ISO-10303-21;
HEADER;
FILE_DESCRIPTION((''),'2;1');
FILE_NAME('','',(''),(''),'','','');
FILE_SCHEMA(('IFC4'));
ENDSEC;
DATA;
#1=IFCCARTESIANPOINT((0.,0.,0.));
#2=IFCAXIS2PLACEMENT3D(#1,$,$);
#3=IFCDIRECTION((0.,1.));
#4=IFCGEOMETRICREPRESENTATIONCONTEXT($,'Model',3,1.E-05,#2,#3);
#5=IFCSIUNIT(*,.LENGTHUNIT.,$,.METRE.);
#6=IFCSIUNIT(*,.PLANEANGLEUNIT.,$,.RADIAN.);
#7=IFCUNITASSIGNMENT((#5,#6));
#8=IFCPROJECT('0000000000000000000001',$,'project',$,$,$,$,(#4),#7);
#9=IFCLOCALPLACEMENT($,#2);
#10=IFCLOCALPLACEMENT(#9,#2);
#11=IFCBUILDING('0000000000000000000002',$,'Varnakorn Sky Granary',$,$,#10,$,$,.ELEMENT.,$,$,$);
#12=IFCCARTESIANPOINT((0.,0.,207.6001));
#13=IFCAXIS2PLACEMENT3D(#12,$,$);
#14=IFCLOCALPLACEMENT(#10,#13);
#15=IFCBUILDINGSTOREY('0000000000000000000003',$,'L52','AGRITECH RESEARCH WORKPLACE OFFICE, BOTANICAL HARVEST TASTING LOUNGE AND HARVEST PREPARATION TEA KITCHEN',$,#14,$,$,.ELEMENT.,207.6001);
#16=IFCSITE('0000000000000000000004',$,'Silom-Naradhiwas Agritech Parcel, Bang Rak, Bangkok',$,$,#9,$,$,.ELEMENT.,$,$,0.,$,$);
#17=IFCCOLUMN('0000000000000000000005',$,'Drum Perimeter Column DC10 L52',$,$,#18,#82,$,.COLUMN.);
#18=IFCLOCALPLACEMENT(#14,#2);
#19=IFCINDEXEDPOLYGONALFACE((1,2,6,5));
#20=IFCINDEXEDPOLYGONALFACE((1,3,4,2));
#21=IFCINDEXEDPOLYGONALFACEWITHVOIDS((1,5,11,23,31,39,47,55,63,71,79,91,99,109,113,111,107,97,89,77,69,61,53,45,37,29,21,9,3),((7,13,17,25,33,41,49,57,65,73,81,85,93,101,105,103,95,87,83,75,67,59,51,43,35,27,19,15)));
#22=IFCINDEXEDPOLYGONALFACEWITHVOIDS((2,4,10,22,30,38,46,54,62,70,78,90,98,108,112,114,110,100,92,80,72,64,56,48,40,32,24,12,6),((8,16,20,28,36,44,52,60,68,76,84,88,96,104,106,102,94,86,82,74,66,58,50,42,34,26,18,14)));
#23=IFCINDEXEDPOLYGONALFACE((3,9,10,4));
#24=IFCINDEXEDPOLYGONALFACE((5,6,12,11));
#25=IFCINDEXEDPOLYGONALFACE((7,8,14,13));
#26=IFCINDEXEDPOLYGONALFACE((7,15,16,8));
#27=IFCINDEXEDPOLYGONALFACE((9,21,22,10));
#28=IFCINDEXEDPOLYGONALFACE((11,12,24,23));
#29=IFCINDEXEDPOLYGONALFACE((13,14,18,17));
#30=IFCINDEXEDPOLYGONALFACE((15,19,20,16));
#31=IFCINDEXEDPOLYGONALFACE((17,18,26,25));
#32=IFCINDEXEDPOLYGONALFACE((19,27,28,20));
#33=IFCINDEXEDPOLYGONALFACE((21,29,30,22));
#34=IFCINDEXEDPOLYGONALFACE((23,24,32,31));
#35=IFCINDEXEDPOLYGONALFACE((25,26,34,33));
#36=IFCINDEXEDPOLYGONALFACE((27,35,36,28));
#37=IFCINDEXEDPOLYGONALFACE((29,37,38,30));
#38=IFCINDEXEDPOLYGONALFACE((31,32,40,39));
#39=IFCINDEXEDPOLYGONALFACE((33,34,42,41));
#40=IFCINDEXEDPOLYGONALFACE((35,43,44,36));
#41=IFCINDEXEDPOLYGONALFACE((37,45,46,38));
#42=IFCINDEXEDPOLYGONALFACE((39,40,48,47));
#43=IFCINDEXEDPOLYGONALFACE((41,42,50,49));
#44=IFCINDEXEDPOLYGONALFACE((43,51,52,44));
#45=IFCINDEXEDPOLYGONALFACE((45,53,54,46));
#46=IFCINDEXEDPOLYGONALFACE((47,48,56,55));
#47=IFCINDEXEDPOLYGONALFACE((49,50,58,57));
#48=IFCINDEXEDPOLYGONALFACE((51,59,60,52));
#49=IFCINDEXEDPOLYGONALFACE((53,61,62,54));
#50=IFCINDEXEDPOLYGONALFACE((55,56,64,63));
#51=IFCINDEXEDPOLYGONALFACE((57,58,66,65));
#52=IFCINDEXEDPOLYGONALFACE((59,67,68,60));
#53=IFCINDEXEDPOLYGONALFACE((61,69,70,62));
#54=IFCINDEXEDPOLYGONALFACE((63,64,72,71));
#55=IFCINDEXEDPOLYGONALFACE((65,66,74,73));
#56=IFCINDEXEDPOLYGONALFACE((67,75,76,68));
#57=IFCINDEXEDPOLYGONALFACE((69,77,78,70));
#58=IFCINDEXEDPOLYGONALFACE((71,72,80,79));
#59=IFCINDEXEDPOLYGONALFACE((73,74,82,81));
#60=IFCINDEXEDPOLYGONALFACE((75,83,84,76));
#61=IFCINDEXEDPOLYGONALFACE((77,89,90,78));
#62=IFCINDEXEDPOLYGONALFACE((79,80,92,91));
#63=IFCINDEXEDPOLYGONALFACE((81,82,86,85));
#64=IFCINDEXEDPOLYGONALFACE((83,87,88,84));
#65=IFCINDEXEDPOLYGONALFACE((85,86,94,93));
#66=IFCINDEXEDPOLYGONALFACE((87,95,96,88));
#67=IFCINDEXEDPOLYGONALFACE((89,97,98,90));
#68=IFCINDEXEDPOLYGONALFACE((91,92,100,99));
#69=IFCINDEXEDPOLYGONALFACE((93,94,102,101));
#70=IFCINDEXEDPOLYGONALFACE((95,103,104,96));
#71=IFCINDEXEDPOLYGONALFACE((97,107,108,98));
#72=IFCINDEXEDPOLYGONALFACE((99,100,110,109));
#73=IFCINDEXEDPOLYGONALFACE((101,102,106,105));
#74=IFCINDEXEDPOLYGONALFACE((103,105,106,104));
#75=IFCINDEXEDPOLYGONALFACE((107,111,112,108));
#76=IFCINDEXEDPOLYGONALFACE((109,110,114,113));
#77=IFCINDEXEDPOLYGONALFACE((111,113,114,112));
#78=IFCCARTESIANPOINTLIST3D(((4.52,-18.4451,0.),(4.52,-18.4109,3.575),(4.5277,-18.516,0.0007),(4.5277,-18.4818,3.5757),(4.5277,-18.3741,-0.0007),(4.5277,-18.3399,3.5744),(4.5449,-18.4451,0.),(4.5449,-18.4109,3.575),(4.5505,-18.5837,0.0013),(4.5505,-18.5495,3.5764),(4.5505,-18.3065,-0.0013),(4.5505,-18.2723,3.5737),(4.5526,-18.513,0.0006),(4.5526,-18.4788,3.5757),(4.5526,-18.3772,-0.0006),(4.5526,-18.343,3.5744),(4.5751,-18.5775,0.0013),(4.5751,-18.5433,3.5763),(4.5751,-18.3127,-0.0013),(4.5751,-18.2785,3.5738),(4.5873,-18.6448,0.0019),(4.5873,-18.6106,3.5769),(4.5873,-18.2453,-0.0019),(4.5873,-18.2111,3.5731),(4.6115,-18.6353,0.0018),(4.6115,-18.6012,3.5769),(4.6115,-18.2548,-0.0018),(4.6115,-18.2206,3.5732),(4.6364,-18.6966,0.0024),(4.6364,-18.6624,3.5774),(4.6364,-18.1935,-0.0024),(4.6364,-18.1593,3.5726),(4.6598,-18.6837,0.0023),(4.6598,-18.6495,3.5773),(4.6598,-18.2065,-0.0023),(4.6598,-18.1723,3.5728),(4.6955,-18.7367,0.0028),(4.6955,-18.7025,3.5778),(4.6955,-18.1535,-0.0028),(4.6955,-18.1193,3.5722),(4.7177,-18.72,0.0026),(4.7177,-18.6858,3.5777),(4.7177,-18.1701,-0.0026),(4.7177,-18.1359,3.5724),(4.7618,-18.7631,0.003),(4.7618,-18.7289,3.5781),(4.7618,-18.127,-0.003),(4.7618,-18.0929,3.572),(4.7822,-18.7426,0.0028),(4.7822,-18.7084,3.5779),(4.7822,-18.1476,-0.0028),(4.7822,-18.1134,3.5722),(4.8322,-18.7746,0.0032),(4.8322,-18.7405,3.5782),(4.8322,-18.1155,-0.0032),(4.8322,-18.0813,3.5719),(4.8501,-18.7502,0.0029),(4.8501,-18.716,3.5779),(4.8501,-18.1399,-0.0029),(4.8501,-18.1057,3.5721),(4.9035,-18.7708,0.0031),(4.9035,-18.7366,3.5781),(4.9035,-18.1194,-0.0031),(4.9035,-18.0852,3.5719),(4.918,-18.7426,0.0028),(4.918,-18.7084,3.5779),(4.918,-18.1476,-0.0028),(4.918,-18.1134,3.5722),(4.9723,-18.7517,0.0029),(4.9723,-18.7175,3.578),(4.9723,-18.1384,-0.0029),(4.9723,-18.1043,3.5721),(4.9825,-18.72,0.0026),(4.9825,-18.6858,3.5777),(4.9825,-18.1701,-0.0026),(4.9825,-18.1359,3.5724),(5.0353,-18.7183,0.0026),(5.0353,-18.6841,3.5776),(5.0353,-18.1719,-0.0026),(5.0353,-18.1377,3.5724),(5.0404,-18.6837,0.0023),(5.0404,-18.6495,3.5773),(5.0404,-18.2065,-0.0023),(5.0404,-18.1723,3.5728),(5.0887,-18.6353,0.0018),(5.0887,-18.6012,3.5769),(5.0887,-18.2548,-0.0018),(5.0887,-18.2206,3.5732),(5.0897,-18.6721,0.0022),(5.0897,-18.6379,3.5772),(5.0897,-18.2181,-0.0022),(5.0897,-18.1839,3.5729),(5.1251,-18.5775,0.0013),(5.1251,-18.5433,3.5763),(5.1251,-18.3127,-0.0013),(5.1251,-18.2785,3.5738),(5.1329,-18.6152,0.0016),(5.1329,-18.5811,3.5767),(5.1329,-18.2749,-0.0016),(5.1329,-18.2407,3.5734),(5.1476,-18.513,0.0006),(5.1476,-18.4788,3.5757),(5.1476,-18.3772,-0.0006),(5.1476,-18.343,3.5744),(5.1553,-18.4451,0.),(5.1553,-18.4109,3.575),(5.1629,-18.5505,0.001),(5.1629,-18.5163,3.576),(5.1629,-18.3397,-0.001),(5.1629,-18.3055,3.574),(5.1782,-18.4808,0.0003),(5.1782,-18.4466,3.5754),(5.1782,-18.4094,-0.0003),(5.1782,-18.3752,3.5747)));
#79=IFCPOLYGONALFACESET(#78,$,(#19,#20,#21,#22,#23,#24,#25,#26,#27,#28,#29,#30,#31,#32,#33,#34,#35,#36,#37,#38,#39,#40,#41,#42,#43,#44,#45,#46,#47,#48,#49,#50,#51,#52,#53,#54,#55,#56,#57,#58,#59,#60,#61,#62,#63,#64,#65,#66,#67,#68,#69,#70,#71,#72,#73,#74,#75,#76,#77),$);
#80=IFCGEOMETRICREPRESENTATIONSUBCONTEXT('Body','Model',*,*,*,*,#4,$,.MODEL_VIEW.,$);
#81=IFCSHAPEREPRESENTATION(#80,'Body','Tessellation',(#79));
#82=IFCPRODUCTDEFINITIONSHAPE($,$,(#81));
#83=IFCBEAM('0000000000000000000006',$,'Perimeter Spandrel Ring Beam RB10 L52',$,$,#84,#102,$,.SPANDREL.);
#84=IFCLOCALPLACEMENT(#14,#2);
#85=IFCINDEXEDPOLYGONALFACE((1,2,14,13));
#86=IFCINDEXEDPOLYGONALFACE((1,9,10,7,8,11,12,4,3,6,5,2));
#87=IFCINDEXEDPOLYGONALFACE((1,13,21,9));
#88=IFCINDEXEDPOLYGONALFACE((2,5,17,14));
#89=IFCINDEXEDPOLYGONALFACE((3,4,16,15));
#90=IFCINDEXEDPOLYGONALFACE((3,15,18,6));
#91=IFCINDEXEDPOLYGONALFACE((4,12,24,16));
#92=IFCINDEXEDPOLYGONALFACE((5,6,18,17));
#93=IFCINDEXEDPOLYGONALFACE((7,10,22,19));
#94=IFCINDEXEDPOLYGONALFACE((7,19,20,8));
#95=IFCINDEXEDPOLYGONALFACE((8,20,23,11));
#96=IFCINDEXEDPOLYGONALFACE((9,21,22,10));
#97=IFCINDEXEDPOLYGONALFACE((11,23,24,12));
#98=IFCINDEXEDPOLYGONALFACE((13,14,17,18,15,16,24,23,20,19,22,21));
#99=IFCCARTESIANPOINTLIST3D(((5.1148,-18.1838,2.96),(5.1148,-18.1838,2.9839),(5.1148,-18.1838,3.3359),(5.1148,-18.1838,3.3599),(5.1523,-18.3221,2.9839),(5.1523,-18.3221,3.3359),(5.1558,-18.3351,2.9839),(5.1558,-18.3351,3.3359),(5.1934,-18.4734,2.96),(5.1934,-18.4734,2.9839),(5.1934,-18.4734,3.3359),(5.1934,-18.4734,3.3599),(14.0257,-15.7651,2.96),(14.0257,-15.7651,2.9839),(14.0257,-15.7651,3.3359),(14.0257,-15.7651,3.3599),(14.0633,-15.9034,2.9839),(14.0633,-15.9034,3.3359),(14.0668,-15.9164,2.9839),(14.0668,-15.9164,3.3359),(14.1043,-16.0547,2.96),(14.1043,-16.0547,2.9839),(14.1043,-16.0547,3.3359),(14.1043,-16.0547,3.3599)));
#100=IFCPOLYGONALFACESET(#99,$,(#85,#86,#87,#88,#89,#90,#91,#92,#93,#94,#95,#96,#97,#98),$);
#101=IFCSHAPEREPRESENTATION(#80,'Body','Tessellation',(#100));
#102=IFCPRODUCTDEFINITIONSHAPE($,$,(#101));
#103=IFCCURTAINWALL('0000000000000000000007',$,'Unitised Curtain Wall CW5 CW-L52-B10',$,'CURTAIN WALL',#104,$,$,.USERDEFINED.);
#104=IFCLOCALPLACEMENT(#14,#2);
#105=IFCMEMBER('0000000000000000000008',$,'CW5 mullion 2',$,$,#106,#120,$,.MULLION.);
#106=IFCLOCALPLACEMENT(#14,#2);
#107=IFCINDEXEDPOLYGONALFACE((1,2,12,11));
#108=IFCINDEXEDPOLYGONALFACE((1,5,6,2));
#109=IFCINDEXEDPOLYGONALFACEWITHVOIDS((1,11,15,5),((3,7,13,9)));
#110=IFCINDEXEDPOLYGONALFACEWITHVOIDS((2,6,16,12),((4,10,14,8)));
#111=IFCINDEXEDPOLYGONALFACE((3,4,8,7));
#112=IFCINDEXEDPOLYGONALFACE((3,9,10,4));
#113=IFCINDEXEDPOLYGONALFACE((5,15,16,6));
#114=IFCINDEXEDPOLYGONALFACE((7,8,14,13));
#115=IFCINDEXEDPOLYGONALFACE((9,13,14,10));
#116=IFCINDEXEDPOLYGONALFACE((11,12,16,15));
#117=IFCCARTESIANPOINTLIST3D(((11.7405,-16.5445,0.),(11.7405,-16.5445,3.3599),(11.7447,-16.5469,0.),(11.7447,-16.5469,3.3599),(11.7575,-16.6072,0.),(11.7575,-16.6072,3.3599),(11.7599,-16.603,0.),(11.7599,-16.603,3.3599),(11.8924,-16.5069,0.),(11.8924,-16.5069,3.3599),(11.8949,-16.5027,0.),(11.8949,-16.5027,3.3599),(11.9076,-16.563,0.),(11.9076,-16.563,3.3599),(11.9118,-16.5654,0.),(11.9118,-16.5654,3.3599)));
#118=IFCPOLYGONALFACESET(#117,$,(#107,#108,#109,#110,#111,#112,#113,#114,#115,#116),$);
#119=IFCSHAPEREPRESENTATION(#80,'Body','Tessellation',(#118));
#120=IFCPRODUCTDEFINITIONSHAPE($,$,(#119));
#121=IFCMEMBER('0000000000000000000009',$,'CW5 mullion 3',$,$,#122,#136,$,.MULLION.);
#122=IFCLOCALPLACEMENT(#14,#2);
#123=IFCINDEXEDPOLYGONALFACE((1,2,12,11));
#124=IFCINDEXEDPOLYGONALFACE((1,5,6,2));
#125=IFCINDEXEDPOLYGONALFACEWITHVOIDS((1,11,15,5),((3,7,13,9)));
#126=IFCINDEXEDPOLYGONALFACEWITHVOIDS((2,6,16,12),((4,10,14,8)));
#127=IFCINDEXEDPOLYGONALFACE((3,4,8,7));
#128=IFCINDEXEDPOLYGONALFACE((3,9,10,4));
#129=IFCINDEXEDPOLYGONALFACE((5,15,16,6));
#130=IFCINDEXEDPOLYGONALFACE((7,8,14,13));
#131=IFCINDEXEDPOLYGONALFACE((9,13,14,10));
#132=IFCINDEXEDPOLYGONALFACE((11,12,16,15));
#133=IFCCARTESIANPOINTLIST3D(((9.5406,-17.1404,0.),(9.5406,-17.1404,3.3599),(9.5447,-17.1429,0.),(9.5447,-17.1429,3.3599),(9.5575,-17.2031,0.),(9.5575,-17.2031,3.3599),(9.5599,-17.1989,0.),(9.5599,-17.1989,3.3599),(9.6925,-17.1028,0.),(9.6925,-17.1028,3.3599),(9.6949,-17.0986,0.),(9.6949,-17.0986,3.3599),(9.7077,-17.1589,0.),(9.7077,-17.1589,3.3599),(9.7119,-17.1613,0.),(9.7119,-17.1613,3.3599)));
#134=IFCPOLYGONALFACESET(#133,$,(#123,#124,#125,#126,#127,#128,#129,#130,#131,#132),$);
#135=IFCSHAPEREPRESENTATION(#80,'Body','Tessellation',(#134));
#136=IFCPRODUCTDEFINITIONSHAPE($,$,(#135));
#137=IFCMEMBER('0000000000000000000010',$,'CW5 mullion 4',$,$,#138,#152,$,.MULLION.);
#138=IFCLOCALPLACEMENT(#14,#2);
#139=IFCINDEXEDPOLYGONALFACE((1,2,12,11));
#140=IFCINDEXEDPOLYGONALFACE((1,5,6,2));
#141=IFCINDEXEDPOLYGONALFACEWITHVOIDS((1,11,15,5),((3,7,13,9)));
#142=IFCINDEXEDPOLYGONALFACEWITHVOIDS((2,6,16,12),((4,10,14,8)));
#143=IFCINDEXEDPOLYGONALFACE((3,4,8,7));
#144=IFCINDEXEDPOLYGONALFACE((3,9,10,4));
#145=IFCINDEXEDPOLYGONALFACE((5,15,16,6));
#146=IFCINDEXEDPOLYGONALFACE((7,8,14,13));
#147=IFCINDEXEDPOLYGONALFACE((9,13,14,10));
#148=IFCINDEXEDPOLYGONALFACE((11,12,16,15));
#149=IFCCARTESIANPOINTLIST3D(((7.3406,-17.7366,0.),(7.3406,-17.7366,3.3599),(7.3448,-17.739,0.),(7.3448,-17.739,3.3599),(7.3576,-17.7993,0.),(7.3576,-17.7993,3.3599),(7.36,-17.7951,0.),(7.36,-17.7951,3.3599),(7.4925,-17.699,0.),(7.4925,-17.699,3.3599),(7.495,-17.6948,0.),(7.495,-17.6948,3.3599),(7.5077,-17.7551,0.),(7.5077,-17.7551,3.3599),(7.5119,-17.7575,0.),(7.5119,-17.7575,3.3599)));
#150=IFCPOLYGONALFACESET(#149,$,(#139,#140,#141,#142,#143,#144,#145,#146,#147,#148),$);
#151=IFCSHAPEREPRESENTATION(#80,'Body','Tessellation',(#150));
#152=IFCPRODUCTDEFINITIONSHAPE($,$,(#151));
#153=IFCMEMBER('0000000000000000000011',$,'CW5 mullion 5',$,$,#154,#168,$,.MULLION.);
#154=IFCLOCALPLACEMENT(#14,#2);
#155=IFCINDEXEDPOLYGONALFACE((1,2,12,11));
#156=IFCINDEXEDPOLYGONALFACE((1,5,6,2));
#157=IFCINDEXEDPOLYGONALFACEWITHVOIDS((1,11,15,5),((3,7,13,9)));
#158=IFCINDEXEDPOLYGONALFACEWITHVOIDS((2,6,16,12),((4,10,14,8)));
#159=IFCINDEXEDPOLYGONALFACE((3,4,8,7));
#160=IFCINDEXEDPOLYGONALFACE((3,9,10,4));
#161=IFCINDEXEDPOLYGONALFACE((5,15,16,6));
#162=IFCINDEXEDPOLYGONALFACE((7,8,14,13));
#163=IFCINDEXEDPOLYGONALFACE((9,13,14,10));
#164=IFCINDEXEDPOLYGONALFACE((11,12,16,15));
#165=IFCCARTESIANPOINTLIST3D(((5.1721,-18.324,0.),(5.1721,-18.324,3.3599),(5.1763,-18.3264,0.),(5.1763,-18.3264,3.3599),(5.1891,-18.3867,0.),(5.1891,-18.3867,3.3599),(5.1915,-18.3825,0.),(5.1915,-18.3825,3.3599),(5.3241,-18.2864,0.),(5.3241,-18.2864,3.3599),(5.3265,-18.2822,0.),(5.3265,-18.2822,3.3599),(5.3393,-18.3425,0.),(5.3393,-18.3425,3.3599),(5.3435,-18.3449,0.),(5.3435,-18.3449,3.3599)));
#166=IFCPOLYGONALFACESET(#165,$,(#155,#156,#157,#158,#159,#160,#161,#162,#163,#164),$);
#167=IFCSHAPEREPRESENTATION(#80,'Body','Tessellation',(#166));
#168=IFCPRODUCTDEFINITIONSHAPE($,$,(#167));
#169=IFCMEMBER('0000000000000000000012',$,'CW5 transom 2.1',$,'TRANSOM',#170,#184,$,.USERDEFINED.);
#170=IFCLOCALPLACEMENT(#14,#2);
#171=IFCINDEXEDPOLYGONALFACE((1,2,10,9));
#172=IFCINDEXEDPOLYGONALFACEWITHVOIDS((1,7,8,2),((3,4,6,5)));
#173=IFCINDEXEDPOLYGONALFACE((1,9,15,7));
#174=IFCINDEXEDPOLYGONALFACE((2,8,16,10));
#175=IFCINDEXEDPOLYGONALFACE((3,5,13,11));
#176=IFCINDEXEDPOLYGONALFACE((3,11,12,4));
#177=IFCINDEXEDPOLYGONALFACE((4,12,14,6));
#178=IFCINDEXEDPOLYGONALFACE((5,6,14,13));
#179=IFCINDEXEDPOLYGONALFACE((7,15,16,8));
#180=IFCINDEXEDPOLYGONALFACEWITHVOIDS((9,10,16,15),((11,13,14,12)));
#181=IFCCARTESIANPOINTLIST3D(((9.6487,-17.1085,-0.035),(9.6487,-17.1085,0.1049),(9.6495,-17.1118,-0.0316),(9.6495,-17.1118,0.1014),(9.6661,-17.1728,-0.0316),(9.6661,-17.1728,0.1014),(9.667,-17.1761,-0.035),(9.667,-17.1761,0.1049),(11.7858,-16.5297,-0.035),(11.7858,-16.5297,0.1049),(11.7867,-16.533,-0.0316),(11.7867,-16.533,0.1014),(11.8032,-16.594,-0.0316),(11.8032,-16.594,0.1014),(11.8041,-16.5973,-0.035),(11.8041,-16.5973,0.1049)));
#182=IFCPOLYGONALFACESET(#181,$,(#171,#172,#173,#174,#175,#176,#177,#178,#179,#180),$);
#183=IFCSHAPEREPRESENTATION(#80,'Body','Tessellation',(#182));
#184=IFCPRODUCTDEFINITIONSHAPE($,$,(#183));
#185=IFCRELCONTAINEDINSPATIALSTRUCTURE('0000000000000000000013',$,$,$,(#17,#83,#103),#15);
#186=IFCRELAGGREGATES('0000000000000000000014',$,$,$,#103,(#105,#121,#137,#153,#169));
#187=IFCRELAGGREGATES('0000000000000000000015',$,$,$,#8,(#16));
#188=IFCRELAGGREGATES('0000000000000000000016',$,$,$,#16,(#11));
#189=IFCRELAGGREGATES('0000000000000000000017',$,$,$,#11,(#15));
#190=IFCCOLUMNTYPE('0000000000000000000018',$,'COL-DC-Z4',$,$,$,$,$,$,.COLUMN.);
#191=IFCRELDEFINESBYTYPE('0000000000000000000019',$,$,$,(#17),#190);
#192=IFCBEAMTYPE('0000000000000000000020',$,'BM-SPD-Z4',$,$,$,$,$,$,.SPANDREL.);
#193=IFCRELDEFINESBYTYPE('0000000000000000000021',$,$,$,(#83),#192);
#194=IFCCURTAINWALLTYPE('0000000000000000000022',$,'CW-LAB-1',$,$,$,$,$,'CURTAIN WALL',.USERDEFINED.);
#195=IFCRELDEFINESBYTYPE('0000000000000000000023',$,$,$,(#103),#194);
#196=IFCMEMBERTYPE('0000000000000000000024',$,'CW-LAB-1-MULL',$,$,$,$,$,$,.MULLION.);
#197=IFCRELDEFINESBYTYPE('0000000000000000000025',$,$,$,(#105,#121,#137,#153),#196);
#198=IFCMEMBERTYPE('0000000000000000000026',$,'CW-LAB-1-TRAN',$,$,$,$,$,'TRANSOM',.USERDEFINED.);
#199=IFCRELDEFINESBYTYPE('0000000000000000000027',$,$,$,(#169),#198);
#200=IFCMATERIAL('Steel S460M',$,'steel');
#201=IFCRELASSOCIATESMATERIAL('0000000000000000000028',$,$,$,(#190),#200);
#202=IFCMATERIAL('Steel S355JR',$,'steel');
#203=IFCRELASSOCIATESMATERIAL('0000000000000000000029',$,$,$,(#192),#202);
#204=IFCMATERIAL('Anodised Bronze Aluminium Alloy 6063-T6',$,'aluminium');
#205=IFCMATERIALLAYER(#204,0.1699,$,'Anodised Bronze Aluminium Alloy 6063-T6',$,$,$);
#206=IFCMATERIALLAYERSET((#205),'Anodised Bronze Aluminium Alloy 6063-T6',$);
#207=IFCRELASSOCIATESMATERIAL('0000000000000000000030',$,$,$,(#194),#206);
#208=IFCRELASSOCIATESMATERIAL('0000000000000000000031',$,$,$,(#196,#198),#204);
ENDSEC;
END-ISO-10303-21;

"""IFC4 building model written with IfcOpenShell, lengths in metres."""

from ifc_helpers import new_model, si_unit, direction, frame, origin, origin_2d, place, context, subcontext, project, spatial, hollow_rectangle, hollow_circle, i_section, extrude, material, layer, layer_set, material_profile, profile_set, type_object, element, aggregate, save


model = new_model("IFC4")

# Units and contexts
model_context = context("Model", 3, precision=1e-05, world=origin(), true_north=direction((0.0, 1.0)))
body_context = subcontext(model_context, "Body", "Model", "MODEL_VIEW")
ifc_project = project(units=[si_unit("LENGTHUNIT", "METRE"), si_unit("PLANEANGLEUNIT", "RADIAN")], contexts=[model_context])

# Site, building, storey
site_placement = place(None, origin())
site = spatial("IfcSite", under=ifc_project, at=site_placement, Name="Silom-Naradhiwas Agritech Parcel, Bang Rak, Bangkok", CompositionType="ELEMENT", RefElevation=0.0)
building_placement = place(site_placement, origin())
building = spatial("IfcBuilding", under=site, at=building_placement, Name="Varnakorn Sky Granary", CompositionType="ELEMENT")
storey_placement = place(building_placement, frame((0.0, 0.0, 207.6001)))
storey = spatial("IfcBuildingStorey", under=building, at=storey_placement, Name="L52", Description="AGRITECH RESEARCH WORKPLACE OFFICE, BOTANICAL HARVEST TASTING LOUNGE AND HARVEST PREPARATION TEA KITCHEN", CompositionType="ELEMENT", Elevation=207.6001)

# Column
ifc_material_1 = material(Name="Steel S460M", Category="steel")
ifc_material_profile_1 = material_profile(ifc_material_1, hollow_circle(Radius=0.3301, WallThickness=0.0249, at=origin_2d()), Name="CHS 660x25")
ifc_profile_set_1 = profile_set([ifc_material_profile_1], Name="Steel S460M")
column_type = type_object("IfcColumnType", Name="COL-DC-Z4", PredefinedType="COLUMN", material=ifc_profile_set_1)
column_placement = place(storey_placement, frame((4.8501, -18.4451, 0.0), z_axis=(0.0, 0.00956, 0.999954), x_axis=(-1.0, 0.0, 0.0)))
element("IfcColumn", 1, at=column_placement, inside=storey, type_object=column_type, Name="Drum Perimeter Column DC10 L52", PredefinedType="COLUMN", context=body_context, shape_type="SweptSolid", body=[
    extrude(hollow_circle(Radius=0.3301, WallThickness=0.0249, at=origin_2d()), origin(), (0.0, 0.0, 1.0), 3.5752),
])

# Beam
ifc_material_2 = material(Name="Steel S355JR", Category="steel")
ifc_material_profile_2 = material_profile(ifc_material_2, i_section(OverallWidth=0.3, OverallDepth=0.3999, WebThickness=0.0134, FlangeThickness=0.0239, at=origin_2d()), Name="HE 400 B")
ifc_profile_set_2 = profile_set([ifc_material_profile_2], Name="Steel S355JR")
beam_type = type_object("IfcBeamType", Name="BM-SPD-Z4", PredefinedType="SPANDREL", material=ifc_profile_set_2)
beam_placement = place(storey_placement, frame((5.1541, -18.3286, 3.1599), z_axis=(0.96508, 0.261954, 0.0), x_axis=(-0.261954, 0.96508, 0.0)))
element("IfcBeam", 2, at=beam_placement, inside=storey, type_object=beam_type, Name="Perimeter Spandrel Ring Beam RB10 L52", PredefinedType="SPANDREL", context=body_context, shape_type="SweptSolid", body=[
    extrude(i_section(OverallWidth=0.3, OverallDepth=0.3999, WebThickness=0.0134, FlangeThickness=0.0239, at=origin_2d()), origin(), (0.0, 0.0, 1.0), 9.2334),
])

# Curtain wall, members
ifc_material_3 = material(Name="Anodised Bronze Aluminium Alloy 6063-T6", Category="aluminium")
ifc_layer_1 = layer(ifc_material_3, 0.1699, Name="Anodised Bronze Aluminium Alloy 6063-T6")
ifc_layer_set_1 = layer_set([ifc_layer_1], Name="Anodised Bronze Aluminium Alloy 6063-T6")
curtain_wall_type = type_object("IfcCurtainWallType", Name="CW-LAB-1", ElementType="CURTAIN WALL", PredefinedType="USERDEFINED", material=ifc_layer_set_1)
curtain_wall_placement = place(storey_placement, origin())
curtain_wall = element("IfcCurtainWall", 3, at=curtain_wall_placement, inside=storey, type_object=curtain_wall_type, Name="Unitised Curtain Wall CW5 CW-L52-B10", ObjectType="CURTAIN WALL", PredefinedType="USERDEFINED")
ifc_material_profile_3 = material_profile(ifc_material_3, hollow_rectangle(XDim=0.0649, YDim=0.1599, WallThickness=0.0034, at=origin_2d()), Name="ALU MULL 65x160")
ifc_profile_set_3 = profile_set([ifc_material_profile_3], Name="Anodised Bronze Aluminium Alloy 6063-T6")
member_type_1 = type_object("IfcMemberType", Name="CW-LAB-1-MULL", PredefinedType="MULLION", material=ifc_profile_set_3)
member_1_placement = place(storey_placement, frame((11.8262, -16.5549, 0.0), z_axis=(0.0, 0.0, 1.0), x_axis=(0.261502, -0.965203, 0.0)))
member_1 = element("IfcMember", 4, at=member_1_placement, type_object=member_type_1, Name="CW5 mullion 2", PredefinedType="MULLION", context=body_context, shape_type="SweptSolid", body=[
    extrude(hollow_rectangle(XDim=0.0649, YDim=0.1599, WallThickness=0.0034, at=origin_2d()), origin(), (0.0, 0.0, 1.0), 3.3599),
])
member_2_placement = place(storey_placement, frame((9.6262, -17.1509, 0.0), z_axis=(0.0, 0.0, 1.0), x_axis=(0.261502, -0.965203, 0.0)))
member_2 = element("IfcMember", 5, at=member_2_placement, type_object=member_type_1, Name="CW5 mullion 3", PredefinedType="MULLION", context=body_context, shape_type="SweptSolid", body=[
    extrude(hollow_rectangle(XDim=0.0649, YDim=0.1599, WallThickness=0.0034, at=origin_2d()), origin(), (0.0, 0.0, 1.0), 3.3599),
])
member_3_placement = place(storey_placement, frame((7.4263, -17.7471, 0.0), z_axis=(0.0, 0.0, 1.0), x_axis=(0.261502, -0.965203, 0.0)))
member_3 = element("IfcMember", 6, at=member_3_placement, type_object=member_type_1, Name="CW5 mullion 4", PredefinedType="MULLION", context=body_context, shape_type="SweptSolid", body=[
    extrude(hollow_rectangle(XDim=0.0649, YDim=0.1599, WallThickness=0.0034, at=origin_2d()), origin(), (0.0, 0.0, 1.0), 3.3599),
])
member_4_placement = place(storey_placement, frame((5.2578, -18.3345, 0.0), z_axis=(0.0, 0.0, 1.0), x_axis=(0.261502, -0.965203, 0.0)))
member_4 = element("IfcMember", 7, at=member_4_placement, type_object=member_type_1, Name="CW5 mullion 5", PredefinedType="MULLION", context=body_context, shape_type="SweptSolid", body=[
    extrude(hollow_rectangle(XDim=0.0649, YDim=0.1599, WallThickness=0.0034, at=origin_2d()), origin(), (0.0, 0.0, 1.0), 3.3599),
])
ifc_material_profile_4 = material_profile(ifc_material_3, hollow_rectangle(XDim=0.0701, YDim=0.1399, WallThickness=0.0034, at=origin_2d()), Name="ALU TRAN 70x140")
ifc_profile_set_4 = profile_set([ifc_material_profile_4], Name="Anodised Bronze Aluminium Alloy 6063-T6")
member_type_2 = type_object("IfcMemberType", Name="CW-LAB-1-TRAN", ElementType="TRANSOM", PredefinedType="USERDEFINED", material=ifc_profile_set_4)
member_5_placement = place(storey_placement, frame((11.7949, -16.5635, 0.0349), z_axis=(-0.965223, -0.261428, 0.0), x_axis=(0.261428, -0.965223, 0.0)))
member_5 = element("IfcMember", 8, at=member_5_placement, type_object=member_type_2, Name="CW5 transom 2.1", ObjectType="TRANSOM", PredefinedType="USERDEFINED", context=body_context, shape_type="SweptSolid", body=[
    extrude(hollow_rectangle(XDim=0.0701, YDim=0.1399, WallThickness=0.0034, at=origin_2d()), origin(), (0.0, 0.0, 1.0), 2.2141),
])

aggregate(curtain_wall, [member_1, member_2, member_3, member_4, member_5])

save(model, "model.ifc")
